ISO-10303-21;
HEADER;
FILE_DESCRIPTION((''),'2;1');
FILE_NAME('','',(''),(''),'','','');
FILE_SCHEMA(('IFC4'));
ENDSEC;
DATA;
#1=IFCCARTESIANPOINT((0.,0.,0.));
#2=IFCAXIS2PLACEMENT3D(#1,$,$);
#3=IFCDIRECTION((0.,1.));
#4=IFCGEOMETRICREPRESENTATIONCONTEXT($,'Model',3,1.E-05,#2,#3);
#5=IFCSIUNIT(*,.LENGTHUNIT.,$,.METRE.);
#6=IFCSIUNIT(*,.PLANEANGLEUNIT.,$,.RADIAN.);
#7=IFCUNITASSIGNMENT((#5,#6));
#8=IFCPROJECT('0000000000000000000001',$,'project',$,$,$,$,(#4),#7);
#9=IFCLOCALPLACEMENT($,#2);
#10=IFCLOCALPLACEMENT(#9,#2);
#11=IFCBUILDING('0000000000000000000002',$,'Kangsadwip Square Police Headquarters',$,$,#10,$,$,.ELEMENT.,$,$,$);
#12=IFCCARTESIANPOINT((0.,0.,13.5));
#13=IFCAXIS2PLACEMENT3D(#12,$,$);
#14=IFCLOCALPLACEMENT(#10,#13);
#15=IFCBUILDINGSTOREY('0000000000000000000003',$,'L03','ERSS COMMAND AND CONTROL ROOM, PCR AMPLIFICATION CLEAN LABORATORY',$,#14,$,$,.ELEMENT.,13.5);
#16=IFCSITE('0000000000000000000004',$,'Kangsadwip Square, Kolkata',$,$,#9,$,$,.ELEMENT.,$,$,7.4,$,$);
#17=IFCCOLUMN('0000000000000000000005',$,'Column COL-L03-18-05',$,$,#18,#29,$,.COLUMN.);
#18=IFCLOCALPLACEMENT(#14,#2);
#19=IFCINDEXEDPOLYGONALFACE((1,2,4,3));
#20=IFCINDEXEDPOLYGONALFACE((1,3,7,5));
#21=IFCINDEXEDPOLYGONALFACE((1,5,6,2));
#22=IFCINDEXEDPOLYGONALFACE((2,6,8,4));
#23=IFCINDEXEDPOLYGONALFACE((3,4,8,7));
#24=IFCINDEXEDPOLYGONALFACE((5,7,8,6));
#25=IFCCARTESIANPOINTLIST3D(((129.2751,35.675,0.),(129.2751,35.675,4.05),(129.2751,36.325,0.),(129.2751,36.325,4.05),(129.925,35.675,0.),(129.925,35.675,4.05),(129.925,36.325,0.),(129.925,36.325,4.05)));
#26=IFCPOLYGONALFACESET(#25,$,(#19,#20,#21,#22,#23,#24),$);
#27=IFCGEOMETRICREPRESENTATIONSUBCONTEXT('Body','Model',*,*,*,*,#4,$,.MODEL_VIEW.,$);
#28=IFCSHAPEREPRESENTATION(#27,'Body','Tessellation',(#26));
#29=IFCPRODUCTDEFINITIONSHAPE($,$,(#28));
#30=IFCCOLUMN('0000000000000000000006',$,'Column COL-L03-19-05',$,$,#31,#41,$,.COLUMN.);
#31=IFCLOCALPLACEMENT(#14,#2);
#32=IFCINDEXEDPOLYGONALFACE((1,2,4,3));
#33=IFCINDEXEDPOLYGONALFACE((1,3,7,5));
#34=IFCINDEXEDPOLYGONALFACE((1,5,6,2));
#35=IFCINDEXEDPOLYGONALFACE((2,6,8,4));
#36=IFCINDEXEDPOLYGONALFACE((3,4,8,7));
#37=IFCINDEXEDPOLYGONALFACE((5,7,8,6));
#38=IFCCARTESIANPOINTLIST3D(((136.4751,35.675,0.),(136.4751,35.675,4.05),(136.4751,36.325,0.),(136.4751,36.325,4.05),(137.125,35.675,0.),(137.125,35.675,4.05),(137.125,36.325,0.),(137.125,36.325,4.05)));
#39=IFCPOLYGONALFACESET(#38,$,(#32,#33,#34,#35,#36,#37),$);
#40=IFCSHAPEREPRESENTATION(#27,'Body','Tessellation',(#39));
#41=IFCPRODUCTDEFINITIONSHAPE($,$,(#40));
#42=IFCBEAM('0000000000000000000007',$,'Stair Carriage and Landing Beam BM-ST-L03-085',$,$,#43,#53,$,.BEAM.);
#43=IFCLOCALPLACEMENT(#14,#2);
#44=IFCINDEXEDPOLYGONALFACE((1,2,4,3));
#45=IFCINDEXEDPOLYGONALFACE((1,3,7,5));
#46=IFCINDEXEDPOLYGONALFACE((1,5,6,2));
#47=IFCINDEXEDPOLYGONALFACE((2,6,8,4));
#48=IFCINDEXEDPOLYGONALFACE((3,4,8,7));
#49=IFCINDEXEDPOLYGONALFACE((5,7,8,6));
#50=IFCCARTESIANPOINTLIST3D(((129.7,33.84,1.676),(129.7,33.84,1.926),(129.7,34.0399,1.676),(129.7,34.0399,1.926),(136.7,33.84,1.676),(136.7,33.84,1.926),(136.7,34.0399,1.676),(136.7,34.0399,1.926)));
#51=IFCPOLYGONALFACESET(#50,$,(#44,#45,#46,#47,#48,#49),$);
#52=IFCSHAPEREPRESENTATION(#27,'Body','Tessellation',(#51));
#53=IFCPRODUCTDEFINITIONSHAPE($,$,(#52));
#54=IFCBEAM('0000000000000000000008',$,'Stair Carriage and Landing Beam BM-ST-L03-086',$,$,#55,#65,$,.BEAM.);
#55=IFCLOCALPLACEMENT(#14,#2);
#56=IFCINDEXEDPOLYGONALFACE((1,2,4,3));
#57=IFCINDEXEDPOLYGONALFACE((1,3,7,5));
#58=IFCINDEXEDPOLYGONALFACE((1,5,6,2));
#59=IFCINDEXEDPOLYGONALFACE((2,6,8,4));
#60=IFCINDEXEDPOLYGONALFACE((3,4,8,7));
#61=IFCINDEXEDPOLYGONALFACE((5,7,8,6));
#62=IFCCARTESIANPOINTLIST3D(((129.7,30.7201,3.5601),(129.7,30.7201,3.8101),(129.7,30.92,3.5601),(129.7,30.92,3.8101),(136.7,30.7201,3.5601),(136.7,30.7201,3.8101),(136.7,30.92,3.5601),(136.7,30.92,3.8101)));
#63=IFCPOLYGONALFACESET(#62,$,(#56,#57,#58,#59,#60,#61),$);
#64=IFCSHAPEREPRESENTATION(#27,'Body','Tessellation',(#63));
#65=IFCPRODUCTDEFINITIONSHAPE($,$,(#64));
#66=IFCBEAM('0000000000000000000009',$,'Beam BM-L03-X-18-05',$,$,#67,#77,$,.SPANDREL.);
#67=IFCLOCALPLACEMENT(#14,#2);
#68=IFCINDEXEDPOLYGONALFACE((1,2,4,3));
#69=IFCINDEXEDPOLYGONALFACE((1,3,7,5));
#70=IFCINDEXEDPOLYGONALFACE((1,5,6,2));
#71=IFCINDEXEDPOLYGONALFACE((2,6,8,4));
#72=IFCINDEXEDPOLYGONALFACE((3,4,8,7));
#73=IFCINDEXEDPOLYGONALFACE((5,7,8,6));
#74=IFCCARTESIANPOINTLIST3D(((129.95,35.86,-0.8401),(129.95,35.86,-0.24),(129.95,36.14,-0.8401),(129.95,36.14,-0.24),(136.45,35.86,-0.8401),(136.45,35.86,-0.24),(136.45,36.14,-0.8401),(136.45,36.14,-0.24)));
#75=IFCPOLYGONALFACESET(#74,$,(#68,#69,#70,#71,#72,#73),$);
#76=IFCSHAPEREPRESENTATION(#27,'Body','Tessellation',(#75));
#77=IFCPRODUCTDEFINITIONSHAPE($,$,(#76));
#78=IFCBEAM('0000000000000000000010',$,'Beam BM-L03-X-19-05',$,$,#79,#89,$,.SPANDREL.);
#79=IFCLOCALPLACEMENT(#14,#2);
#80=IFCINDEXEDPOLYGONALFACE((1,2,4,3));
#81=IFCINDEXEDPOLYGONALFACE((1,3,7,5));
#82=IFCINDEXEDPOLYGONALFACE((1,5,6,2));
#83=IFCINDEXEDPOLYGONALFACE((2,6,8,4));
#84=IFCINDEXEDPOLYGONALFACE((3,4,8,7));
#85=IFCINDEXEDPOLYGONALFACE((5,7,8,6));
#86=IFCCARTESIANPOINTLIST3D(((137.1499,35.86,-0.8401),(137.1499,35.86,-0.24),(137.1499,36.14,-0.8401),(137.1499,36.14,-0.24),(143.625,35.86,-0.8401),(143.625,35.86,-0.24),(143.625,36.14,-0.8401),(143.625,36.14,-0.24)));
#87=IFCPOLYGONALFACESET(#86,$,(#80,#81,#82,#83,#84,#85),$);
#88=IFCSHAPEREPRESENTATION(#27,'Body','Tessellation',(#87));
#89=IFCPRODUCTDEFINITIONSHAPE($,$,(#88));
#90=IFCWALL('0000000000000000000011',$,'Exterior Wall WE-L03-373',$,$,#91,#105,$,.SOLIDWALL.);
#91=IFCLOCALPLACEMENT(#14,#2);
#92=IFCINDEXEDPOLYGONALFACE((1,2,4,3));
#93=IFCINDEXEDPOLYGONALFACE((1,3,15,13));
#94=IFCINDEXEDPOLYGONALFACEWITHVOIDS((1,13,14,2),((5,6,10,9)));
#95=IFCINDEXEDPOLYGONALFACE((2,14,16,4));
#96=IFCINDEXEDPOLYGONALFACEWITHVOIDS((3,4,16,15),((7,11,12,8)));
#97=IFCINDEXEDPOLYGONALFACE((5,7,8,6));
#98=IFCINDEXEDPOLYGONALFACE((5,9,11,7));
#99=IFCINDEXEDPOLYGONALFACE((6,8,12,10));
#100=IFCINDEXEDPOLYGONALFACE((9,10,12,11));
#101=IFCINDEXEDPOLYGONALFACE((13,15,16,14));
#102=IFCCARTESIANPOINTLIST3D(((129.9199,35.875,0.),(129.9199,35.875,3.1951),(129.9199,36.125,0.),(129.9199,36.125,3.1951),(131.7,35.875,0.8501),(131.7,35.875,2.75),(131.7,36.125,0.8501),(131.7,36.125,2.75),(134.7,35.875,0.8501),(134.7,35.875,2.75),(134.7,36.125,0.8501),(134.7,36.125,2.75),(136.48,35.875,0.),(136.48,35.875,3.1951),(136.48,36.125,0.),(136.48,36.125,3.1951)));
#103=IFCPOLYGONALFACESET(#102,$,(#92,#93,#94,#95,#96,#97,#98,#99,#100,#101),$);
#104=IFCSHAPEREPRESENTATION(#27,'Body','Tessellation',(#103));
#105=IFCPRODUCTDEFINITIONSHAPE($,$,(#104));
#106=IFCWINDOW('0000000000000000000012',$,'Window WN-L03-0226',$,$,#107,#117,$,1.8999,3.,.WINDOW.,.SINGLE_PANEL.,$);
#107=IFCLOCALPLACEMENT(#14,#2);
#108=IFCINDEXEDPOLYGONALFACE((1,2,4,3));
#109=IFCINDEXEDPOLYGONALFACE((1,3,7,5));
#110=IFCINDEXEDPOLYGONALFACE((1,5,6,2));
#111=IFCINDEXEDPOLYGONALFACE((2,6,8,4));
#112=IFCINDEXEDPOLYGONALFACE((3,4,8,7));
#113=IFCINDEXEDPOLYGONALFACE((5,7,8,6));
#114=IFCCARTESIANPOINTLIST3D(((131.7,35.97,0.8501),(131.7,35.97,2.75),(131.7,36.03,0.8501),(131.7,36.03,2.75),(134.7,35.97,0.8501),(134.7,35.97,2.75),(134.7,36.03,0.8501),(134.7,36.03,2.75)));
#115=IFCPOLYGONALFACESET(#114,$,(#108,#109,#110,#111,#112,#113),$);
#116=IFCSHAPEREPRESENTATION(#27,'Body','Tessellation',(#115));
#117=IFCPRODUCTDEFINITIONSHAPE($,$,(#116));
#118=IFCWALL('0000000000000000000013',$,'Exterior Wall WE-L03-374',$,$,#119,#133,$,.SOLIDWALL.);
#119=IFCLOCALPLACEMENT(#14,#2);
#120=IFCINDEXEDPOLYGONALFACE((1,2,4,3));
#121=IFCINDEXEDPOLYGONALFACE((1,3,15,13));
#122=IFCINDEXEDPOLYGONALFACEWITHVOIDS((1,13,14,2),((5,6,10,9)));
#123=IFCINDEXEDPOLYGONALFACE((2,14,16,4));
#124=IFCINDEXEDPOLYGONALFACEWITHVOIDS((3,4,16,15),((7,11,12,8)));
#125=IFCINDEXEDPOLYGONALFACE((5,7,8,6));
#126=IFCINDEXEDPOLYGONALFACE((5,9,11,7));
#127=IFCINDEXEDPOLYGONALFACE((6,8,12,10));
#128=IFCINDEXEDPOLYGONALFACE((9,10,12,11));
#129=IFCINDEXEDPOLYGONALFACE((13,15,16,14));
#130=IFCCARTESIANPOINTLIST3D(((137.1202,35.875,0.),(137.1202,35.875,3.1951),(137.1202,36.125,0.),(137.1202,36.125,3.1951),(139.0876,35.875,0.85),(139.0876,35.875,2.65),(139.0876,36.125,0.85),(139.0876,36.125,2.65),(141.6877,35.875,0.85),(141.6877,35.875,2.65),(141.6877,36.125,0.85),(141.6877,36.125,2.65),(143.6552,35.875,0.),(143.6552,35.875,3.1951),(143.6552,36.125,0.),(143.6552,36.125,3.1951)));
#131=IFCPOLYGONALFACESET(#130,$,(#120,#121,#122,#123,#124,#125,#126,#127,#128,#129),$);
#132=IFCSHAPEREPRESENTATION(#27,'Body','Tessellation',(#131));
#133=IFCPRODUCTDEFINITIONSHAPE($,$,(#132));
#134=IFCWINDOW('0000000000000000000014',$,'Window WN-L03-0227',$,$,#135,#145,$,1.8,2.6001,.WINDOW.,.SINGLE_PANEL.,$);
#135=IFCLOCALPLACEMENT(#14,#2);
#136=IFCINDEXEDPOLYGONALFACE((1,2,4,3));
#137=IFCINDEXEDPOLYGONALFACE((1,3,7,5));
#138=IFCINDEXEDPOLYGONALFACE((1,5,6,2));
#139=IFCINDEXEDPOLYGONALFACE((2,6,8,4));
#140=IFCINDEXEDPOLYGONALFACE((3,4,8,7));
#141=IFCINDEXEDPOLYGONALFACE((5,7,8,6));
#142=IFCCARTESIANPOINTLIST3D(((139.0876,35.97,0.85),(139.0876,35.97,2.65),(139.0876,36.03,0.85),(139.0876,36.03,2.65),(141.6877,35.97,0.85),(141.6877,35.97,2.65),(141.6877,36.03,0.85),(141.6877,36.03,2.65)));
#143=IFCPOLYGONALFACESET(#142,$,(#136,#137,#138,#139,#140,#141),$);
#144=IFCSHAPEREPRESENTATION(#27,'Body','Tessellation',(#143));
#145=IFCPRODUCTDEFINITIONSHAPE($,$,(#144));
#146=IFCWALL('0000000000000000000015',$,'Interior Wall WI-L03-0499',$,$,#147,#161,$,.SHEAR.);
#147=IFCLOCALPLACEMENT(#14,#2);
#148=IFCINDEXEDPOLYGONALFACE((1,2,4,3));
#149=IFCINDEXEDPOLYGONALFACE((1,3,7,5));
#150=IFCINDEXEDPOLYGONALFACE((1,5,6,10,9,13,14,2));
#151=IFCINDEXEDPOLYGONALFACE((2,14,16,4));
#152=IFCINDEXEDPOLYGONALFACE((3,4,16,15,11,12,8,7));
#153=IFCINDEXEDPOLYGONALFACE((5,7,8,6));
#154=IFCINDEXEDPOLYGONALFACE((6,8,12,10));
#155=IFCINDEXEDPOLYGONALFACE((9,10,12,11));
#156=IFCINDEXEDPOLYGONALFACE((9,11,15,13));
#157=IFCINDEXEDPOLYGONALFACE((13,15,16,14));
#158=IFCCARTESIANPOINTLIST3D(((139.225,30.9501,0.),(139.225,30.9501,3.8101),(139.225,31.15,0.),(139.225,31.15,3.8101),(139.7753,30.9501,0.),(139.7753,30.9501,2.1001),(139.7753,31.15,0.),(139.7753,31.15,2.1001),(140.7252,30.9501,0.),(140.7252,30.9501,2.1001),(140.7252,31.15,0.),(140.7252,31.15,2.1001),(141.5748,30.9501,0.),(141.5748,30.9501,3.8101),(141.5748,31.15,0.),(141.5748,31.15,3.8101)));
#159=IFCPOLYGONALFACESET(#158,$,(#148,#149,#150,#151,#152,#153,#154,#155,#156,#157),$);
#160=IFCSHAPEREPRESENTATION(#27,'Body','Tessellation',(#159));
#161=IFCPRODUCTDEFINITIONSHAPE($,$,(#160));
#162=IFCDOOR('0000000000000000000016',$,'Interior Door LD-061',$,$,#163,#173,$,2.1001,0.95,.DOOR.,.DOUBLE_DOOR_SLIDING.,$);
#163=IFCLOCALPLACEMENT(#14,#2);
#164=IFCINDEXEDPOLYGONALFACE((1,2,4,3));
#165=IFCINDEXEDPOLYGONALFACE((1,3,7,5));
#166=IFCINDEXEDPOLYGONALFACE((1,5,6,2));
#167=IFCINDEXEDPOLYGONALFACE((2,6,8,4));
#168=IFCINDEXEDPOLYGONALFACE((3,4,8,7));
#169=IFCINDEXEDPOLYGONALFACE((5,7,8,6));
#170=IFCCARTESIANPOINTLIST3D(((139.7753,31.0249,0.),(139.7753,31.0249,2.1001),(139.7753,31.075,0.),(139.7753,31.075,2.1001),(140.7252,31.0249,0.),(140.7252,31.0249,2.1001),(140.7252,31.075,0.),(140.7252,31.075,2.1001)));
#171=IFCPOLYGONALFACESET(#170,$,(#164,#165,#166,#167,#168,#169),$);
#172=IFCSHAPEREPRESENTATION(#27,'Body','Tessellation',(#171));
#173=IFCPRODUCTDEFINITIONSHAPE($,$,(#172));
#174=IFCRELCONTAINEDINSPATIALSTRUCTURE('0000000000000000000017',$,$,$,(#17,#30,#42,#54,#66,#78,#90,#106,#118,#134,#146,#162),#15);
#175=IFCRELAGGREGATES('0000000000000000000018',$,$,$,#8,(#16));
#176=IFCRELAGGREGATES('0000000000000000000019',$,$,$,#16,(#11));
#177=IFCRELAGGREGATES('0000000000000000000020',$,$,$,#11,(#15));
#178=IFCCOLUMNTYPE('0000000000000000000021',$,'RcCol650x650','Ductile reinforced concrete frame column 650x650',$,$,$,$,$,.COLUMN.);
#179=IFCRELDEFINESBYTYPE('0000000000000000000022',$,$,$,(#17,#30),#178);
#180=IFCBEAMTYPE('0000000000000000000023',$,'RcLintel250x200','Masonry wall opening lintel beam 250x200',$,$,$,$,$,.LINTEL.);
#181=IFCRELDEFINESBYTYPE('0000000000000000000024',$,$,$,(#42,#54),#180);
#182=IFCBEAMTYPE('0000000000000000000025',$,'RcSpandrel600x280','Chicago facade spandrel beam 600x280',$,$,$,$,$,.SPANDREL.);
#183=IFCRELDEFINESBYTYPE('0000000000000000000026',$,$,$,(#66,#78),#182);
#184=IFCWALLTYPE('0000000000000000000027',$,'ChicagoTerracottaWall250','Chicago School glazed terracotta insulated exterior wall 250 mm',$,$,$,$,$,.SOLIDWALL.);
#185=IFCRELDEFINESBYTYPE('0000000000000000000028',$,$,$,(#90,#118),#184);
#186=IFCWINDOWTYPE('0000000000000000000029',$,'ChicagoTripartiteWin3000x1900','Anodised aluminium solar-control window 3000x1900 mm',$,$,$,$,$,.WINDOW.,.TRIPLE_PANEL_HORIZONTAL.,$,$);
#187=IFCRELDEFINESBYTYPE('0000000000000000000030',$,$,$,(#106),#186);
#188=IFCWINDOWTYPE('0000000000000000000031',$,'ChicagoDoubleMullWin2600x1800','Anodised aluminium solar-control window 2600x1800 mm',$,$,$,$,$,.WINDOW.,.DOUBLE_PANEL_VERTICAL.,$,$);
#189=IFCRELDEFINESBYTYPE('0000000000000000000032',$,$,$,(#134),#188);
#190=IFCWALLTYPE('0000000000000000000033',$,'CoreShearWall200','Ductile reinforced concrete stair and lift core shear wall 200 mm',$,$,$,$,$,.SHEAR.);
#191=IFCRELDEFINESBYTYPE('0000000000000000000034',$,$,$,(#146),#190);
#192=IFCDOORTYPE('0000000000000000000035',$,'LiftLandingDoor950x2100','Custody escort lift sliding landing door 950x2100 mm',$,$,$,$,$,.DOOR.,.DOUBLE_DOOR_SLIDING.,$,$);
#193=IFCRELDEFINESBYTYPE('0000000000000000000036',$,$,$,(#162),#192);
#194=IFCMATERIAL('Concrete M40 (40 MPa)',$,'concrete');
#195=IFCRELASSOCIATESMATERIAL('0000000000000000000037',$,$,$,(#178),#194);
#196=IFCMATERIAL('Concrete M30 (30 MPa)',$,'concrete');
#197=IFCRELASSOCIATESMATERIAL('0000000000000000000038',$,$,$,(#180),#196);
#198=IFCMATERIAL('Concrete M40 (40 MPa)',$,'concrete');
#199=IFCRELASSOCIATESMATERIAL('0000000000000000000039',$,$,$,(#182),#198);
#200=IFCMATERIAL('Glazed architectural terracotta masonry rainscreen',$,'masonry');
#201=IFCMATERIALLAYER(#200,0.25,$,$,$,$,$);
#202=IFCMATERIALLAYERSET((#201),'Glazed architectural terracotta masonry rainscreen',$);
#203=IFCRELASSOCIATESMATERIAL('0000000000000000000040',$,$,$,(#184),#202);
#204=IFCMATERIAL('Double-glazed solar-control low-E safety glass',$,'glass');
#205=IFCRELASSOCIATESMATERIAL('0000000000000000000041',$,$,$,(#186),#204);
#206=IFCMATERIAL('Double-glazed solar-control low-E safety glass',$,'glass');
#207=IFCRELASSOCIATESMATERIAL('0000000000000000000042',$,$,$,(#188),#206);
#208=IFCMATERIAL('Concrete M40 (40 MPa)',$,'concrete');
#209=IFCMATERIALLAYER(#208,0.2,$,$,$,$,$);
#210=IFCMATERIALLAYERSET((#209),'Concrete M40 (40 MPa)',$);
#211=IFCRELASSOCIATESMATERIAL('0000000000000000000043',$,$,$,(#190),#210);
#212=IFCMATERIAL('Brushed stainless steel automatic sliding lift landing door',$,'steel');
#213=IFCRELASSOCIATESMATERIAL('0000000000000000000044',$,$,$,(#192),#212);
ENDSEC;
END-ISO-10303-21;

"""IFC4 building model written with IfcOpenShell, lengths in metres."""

from ifc_helpers import new_model, si_unit, direction, frame, frame_2d, origin, origin_2d, place, context, subcontext, project, spatial, rectangle, extrude, material, layer, layer_set, material_profile, profile_set, type_object, element, fill, save


model = new_model("IFC4")

# Units and contexts
model_context = context("Model", 3, precision=1e-05, world=origin(), true_north=direction((0.0, 1.0)))
body_context = subcontext(model_context, "Body", "Model", "MODEL_VIEW")
ifc_project = project(units=[si_unit("LENGTHUNIT", "METRE"), si_unit("PLANEANGLEUNIT", "RADIAN")], contexts=[model_context])

# Site, building, storey
site_placement = place(None, origin())
site = spatial("IfcSite", under=ifc_project, at=site_placement, Name="Kangsadwip Square, Kolkata", CompositionType="ELEMENT", RefElevation=7.4)
building_placement = place(site_placement, origin())
building = spatial("IfcBuilding", under=site, at=building_placement, Name="Kangsadwip Square Police Headquarters", CompositionType="ELEMENT")
storey_placement = place(building_placement, frame((0.0, 0.0, 13.5)))
storey = spatial("IfcBuildingStorey", under=building, at=storey_placement, Name="L03", Description="ERSS COMMAND AND CONTROL ROOM, PCR AMPLIFICATION CLEAN LABORATORY", CompositionType="ELEMENT", Elevation=13.5)

# Columns
ifc_material_1 = material(Name="Concrete M40 (40 MPa)", Category="concrete")
ifc_material_profile_1 = material_profile(ifc_material_1, rectangle(XDim=0.6499, YDim=0.6499, at=origin_2d()), Name="RC COL 650X650")
ifc_profile_set_1 = profile_set([ifc_material_profile_1], Name="Concrete M40 (40 MPa)")
column_type = type_object("IfcColumnType", Name="RcCol650x650", Description="Ductile reinforced concrete frame column 650x650", PredefinedType="COLUMN", material=ifc_profile_set_1)
for number, where, z_axis, x_axis, name in (
    (1, (129.6001, 36.0, 0.0), (0.0, 0.0, 1.0), (1.0, 0.0, 0.0), "Column COL-L03-18-05"),
    (2, (136.8, 36.0, 0.0), (0.0, 0.0, 1.0), (1.0, 0.0, 0.0), "Column COL-L03-19-05"),
):
    element("IfcColumn", number, at=place(storey_placement, frame(where, z_axis=z_axis, x_axis=x_axis)), inside=storey, type_object=column_type, Name=name, PredefinedType="COLUMN", context=body_context, shape_type="SweptSolid", body=[
        extrude(rectangle(XDim=0.6499, YDim=0.6499, at=origin_2d()), origin(), (0.0, 0.0, 1.0), 4.05),
    ])

# Beams
ifc_material_2 = material(Name="Concrete M30 (30 MPa)", Category="concrete")
ifc_material_profile_2 = material_profile(ifc_material_2, rectangle(XDim=0.2, YDim=0.25, at=origin_2d()), Name="RC LNT 250X200")
ifc_profile_set_2 = profile_set([ifc_material_profile_2], Name="Concrete M30 (30 MPa)")
beam_type_1 = type_object("IfcBeamType", Name="RcLintel250x200", Description="Masonry wall opening lintel beam 250x200", PredefinedType="LINTEL", material=ifc_profile_set_2)
for number, where, z_axis, x_axis, name in (
    (3, (129.7, 33.9399, 1.801), (1.0, 0.0, 0.0), (0.0, 1.0, 0.0), "Stair Carriage and Landing Beam BM-ST-L03-085"),
    (4, (129.7, 30.8201, 3.6851), (1.0, 0.0, 0.0), (0.0, 1.0, 0.0), "Stair Carriage and Landing Beam BM-ST-L03-086"),
):
    element("IfcBeam", number, at=place(storey_placement, frame(where, z_axis=z_axis, x_axis=x_axis)), inside=storey, type_object=beam_type_1, Name=name, PredefinedType="BEAM", context=body_context, shape_type="SweptSolid", body=[
        extrude(rectangle(XDim=0.2, YDim=0.25, at=origin_2d()), origin(), (0.0, 0.0, 1.0), 7.0),
    ])
ifc_material_3 = material(Name="Concrete M40 (40 MPa)", Category="concrete")
ifc_material_profile_3 = material_profile(ifc_material_3, rectangle(XDim=0.28, YDim=0.6001, at=origin_2d()), Name="RC SPN 600X280")
ifc_profile_set_3 = profile_set([ifc_material_profile_3], Name="Concrete M40 (40 MPa)")
beam_type_2 = type_object("IfcBeamType", Name="RcSpandrel600x280", Description="Chicago facade spandrel beam 600x280", PredefinedType="SPANDREL", material=ifc_profile_set_3)
beam_1_placement = place(storey_placement, frame((129.95, 36.0, -0.54), z_axis=(1.0, 0.0, 0.0), x_axis=(0.0, 1.0, 0.0)))
element("IfcBeam", 5, at=beam_1_placement, inside=storey, type_object=beam_type_2, Name="Beam BM-L03-X-18-05", PredefinedType="SPANDREL", context=body_context, shape_type="SweptSolid", body=[
    extrude(rectangle(XDim=0.28, YDim=0.6001, at=origin_2d()), origin(), (0.0, 0.0, 1.0), 6.5),
])
beam_2_placement = place(storey_placement, frame((137.1499, 36.0, -0.54), z_axis=(1.0, 0.0, 0.0), x_axis=(0.0, 1.0, 0.0)))
element("IfcBeam", 6, at=beam_2_placement, inside=storey, type_object=beam_type_2, Name="Beam BM-L03-X-19-05", PredefinedType="SPANDREL", context=body_context, shape_type="SweptSolid", body=[
    extrude(rectangle(XDim=0.28, YDim=0.6001, at=origin_2d()), origin(), (0.0, 0.0, 1.0), 6.4751),
])

# Walls, openings, windows
ifc_material_4 = material(Name="Glazed architectural terracotta masonry rainscreen", Category="masonry")
ifc_layer_1 = layer(ifc_material_4, 0.25)
ifc_layer_set_1 = layer_set([ifc_layer_1], Name="Glazed architectural terracotta masonry rainscreen")
wall_type_1 = type_object("IfcWallType", Name="ChicagoTerracottaWall250", Description="Chicago School glazed terracotta insulated exterior wall 250 mm", PredefinedType="SOLIDWALL", material=ifc_layer_set_1)
wall_1_placement = place(storey_placement, frame((129.9199, 36.0, 0.0), z_axis=(0.0, 0.0, 1.0), x_axis=(1.0, 0.0, 0.0)))
wall_1 = element("IfcWall", 7, at=wall_1_placement, inside=storey, type_object=wall_type_1, Name="Exterior Wall WE-L03-373", PredefinedType="SOLIDWALL", context=body_context, shape_type="SweptSolid", body=[
    extrude(rectangle(XDim=6.5601, YDim=0.25, at=frame_2d((3.28, 0.0))), origin(), (0.0, 0.0, 1.0), 3.1951),
])
opening_1_placement = place(wall_1_placement, frame((1.78, 0.0, 0.8501)))
opening_1 = element("IfcOpeningElement", 8, at=opening_1_placement, cuts=wall_1, PredefinedType="OPENING", context=body_context, shape_type="SweptSolid", body=[
    extrude(rectangle(XDim=3.0, YDim=1.8999, at=frame_2d((1.5, 0.95))), frame((0.0, 0.135, 0.0), z_axis=(0.0, -1.0, 0.0), x_axis=(1.0, 0.0, 0.0)), (0.0, 0.0, 1.0), 0.27),
])
ifc_material_5 = material(Name="Double-glazed solar-control low-E safety glass", Category="glass")
window_type_1 = type_object("IfcWindowType", Name="ChicagoTripartiteWin3000x1900", Description="Anodised aluminium solar-control window 3000x1900 mm", PartitioningType="TRIPLE_PANEL_HORIZONTAL", PredefinedType="WINDOW", material=ifc_material_5)
window_1_placement = place(opening_1_placement, origin())
window_1 = element("IfcWindow", 9, at=window_1_placement, inside=storey, type_object=window_type_1, Name="Window WN-L03-0226", OverallHeight=1.8999, OverallWidth=3.0, PartitioningType="SINGLE_PANEL", PredefinedType="WINDOW", context=body_context, shape_type="SweptSolid", body=[
    extrude(rectangle(XDim=3.0, YDim=1.8999, at=frame_2d((1.5, 0.95))), frame((0.0, 0.03, 0.0), z_axis=(0.0, -1.0, 0.0), x_axis=(1.0, 0.0, 0.0)), (0.0, 0.0, 1.0), 0.0601),
])
fill(opening_1, window_1)
wall_2_placement = place(storey_placement, frame((137.1201, 36.0, 0.0), z_axis=(0.0, 0.0, 1.0), x_axis=(1.0, 0.0, 0.0)))
wall_2 = element("IfcWall", 10, at=wall_2_placement, inside=storey, type_object=wall_type_1, Name="Exterior Wall WE-L03-374", PredefinedType="SOLIDWALL", context=body_context, shape_type="SweptSolid", body=[
    extrude(rectangle(XDim=6.5349, YDim=0.25, at=frame_2d((3.2676, 0.0))), origin(), (0.0, 0.0, 1.0), 3.1951),
])
opening_2_placement = place(wall_2_placement, frame((1.9675, 0.0, 0.8501)))
opening_2 = element("IfcOpeningElement", 11, at=opening_2_placement, cuts=wall_2, PredefinedType="OPENING", context=body_context, shape_type="SweptSolid", body=[
    extrude(rectangle(XDim=2.6001, YDim=1.8, at=frame_2d((1.3, 0.8999))), frame((0.0, 0.135, 0.0), z_axis=(0.0, -1.0, 0.0), x_axis=(1.0, 0.0, 0.0)), (0.0, 0.0, 1.0), 0.27),
])
ifc_material_6 = material(Name="Double-glazed solar-control low-E safety glass", Category="glass")
window_type_2 = type_object("IfcWindowType", Name="ChicagoDoubleMullWin2600x1800", Description="Anodised aluminium solar-control window 2600x1800 mm", PartitioningType="DOUBLE_PANEL_VERTICAL", PredefinedType="WINDOW", material=ifc_material_6)
window_2_placement = place(opening_2_placement, origin())
window_2 = element("IfcWindow", 12, at=window_2_placement, inside=storey, type_object=window_type_2, Name="Window WN-L03-0227", OverallHeight=1.8, OverallWidth=2.6001, PartitioningType="SINGLE_PANEL", PredefinedType="WINDOW", context=body_context, shape_type="SweptSolid", body=[
    extrude(rectangle(XDim=2.6001, YDim=1.8, at=frame_2d((1.3, 0.8999))), frame((0.0, 0.03, 0.0), z_axis=(0.0, -1.0, 0.0), x_axis=(1.0, 0.0, 0.0)), (0.0, 0.0, 1.0), 0.0601),
])
fill(opening_2, window_2)

# Wall, opening, door
ifc_material_7 = material(Name="Concrete M40 (40 MPa)", Category="concrete")
ifc_layer_2 = layer(ifc_material_7, 0.2)
ifc_layer_set_2 = layer_set([ifc_layer_2], Name="Concrete M40 (40 MPa)")
wall_type_2 = type_object("IfcWallType", Name="CoreShearWall200", Description="Ductile reinforced concrete stair and lift core shear wall 200 mm", PredefinedType="SHEAR", material=ifc_layer_set_2)
wall_3_placement = place(storey_placement, frame((139.2251, 31.05, 0.0), z_axis=(0.0, 0.0, 1.0), x_axis=(1.0, 0.0, 0.0)))
wall_3 = element("IfcWall", 13, at=wall_3_placement, inside=storey, type_object=wall_type_2, Name="Interior Wall WI-L03-0499", PredefinedType="SHEAR", context=body_context, shape_type="SweptSolid", body=[
    extrude(rectangle(XDim=2.3499, YDim=0.2, at=frame_2d((1.1748, 0.0))), origin(), (0.0, 0.0, 1.0), 3.8101),
])
opening_3_placement = place(wall_3_placement, frame((0.55, 0.0, 0.0)))
opening_3 = element("IfcOpeningElement", 14, at=opening_3_placement, cuts=wall_3, PredefinedType="OPENING", context=body_context, shape_type="SweptSolid", body=[
    extrude(rectangle(XDim=0.95, YDim=2.1001, at=frame_2d((0.4751, 1.05))), frame((0.0, 0.1099, 0.0), z_axis=(0.0, -1.0, 0.0), x_axis=(1.0, 0.0, 0.0)), (0.0, 0.0, 1.0), 0.22),
])
ifc_material_8 = material(Name="Brushed stainless steel automatic sliding lift landing door", Category="steel")
door_type = type_object("IfcDoorType", Name="LiftLandingDoor950x2100", Description="Custody escort lift sliding landing door 950x2100 mm", OperationType="DOUBLE_DOOR_SLIDING", PredefinedType="DOOR", material=ifc_material_8)
door_placement = place(opening_3_placement, origin())
door = element("IfcDoor", 15, at=door_placement, inside=storey, type_object=door_type, Name="Interior Door LD-061", OperationType="DOUBLE_DOOR_SLIDING", OverallHeight=2.1001, OverallWidth=0.95, PredefinedType="DOOR", context=body_context, shape_type="SweptSolid", body=[
    extrude(rectangle(XDim=0.95, YDim=2.1001, at=frame_2d((0.4751, 1.05))), frame((0.0, 0.0249, 0.0), z_axis=(0.0, -1.0, 0.0), x_axis=(1.0, 0.0, 0.0)), (0.0, 0.0, 1.0), 0.05),
])
fill(opening_3, door)

save(model, "model.ifc")
